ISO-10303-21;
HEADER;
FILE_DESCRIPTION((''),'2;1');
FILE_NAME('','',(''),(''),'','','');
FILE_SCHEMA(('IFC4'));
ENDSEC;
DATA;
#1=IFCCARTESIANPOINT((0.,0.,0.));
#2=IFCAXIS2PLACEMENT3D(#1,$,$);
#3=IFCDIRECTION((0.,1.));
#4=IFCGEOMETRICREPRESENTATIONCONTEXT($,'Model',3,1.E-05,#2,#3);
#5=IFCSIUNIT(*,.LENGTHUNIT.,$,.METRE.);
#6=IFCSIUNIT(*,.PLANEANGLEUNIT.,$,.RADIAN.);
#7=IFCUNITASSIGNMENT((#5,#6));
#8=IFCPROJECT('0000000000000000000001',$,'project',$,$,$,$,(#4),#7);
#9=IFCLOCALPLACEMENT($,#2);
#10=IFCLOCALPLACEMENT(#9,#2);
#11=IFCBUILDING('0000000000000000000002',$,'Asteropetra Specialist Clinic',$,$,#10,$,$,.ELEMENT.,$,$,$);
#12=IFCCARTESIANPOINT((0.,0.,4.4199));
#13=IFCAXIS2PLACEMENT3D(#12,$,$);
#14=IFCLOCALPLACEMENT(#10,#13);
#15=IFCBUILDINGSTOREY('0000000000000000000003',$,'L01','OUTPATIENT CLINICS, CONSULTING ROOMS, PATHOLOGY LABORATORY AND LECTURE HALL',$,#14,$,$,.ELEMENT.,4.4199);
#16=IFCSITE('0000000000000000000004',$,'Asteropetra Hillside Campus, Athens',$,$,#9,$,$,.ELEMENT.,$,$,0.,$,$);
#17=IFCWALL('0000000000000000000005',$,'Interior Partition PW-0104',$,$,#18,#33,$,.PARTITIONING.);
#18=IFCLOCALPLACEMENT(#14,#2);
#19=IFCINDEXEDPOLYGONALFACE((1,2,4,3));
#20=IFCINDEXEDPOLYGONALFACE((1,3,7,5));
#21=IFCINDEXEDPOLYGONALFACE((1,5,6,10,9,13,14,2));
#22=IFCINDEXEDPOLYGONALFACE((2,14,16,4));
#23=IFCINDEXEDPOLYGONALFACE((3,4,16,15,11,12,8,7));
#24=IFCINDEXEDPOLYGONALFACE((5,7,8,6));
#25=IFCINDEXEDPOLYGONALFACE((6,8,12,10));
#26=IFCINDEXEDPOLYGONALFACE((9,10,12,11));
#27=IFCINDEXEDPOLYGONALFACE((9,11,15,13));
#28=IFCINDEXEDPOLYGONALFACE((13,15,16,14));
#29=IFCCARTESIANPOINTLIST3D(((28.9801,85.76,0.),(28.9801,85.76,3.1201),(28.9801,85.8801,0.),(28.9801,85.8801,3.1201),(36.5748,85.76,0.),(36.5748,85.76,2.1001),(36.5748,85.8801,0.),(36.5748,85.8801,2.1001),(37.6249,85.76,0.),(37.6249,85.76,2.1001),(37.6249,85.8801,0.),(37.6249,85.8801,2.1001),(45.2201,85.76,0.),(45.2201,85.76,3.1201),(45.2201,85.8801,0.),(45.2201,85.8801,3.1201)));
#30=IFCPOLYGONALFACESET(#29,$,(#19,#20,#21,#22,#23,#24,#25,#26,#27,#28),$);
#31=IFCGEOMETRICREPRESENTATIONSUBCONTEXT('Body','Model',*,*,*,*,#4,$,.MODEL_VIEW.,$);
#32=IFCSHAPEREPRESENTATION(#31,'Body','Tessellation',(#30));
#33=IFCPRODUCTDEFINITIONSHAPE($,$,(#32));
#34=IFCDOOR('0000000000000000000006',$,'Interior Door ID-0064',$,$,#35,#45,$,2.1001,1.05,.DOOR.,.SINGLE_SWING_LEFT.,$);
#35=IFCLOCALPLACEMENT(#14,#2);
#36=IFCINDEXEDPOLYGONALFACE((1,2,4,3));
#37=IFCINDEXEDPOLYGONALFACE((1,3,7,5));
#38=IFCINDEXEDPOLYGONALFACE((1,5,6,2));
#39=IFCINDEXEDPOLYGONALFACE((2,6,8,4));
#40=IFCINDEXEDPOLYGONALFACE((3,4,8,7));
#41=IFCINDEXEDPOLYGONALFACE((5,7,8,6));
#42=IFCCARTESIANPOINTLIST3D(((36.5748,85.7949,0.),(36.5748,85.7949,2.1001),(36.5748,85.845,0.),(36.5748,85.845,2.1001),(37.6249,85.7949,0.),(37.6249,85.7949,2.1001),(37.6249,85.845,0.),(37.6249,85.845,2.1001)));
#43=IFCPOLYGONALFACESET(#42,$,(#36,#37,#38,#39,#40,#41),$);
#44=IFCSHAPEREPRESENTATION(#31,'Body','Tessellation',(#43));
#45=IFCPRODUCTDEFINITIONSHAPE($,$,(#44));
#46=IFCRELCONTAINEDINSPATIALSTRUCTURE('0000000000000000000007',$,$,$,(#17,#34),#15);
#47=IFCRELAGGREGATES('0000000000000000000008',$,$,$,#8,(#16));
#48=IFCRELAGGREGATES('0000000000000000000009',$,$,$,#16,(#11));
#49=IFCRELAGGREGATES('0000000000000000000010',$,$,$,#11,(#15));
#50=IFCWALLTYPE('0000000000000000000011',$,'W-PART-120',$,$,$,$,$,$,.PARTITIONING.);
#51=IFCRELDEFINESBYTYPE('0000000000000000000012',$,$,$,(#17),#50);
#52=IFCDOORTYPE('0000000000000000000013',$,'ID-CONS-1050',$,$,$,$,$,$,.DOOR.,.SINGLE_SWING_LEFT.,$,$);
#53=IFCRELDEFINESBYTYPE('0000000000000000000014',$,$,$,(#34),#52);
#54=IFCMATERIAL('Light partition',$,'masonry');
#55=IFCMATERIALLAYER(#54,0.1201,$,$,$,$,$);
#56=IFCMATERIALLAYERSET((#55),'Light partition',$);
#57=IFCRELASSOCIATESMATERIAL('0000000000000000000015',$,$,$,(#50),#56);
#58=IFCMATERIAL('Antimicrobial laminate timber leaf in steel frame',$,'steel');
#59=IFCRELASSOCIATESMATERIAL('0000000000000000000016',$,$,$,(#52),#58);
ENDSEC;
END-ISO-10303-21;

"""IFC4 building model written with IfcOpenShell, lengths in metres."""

from ifc_helpers import new_model, si_unit, direction, frame, frame_2d, origin, place, context, subcontext, project, spatial, rectangle, extrude, material, layer, layer_set, type_object, element, fill, save


model = new_model("IFC4")

# Units and contexts
model_context = context("Model", 3, precision=1e-05, world=origin(), true_north=direction((0.0, 1.0)))
body_context = subcontext(model_context, "Body", "Model", "MODEL_VIEW")
ifc_project = project(units=[si_unit("LENGTHUNIT", "METRE"), si_unit("PLANEANGLEUNIT", "RADIAN")], contexts=[model_context])

# Site, building, storey
site_placement = place(None, origin())
site = spatial("IfcSite", under=ifc_project, at=site_placement, Name="Asteropetra Hillside Campus, Athens", CompositionType="ELEMENT", RefElevation=0.0)
building_placement = place(site_placement, origin())
building = spatial("IfcBuilding", under=site, at=building_placement, Name="Asteropetra Specialist Clinic", CompositionType="ELEMENT")
storey_placement = place(building_placement, frame((0.0, 0.0, 4.4199)))
storey = spatial("IfcBuildingStorey", under=building, at=storey_placement, Name="L01", Description="OUTPATIENT CLINICS, CONSULTING ROOMS, PATHOLOGY LABORATORY AND LECTURE HALL", CompositionType="ELEMENT", Elevation=4.4199)

# Wall, opening, door
ifc_material_1 = material(Name="Light partition", Category="masonry")
ifc_layer_1 = layer(ifc_material_1, 0.1201)
ifc_layer_set_1 = layer_set([ifc_layer_1], Name="Light partition")
wall_type = type_object("IfcWallType", Name="W-PART-120", PredefinedType="PARTITIONING", material=ifc_layer_set_1)
wall_placement = place(storey_placement, frame((28.98, 85.8201, 0.0), z_axis=(0.0, 0.0, 1.0), x_axis=(1.0, 0.0, 0.0)))
wall = element("IfcWall", 1, at=wall_placement, inside=storey, type_object=wall_type, Name="Interior Partition PW-0104", PredefinedType="PARTITIONING", context=body_context, shape_type="SweptSolid", body=[
    extrude(rectangle(XDim=16.24, YDim=0.1201, at=frame_2d((8.1201, 0.0))), origin(), (0.0, 0.0, 1.0), 3.1201),
])
opening_placement = place(wall_placement, frame((7.595, 0.0, 0.0)))
opening = element("IfcOpeningElement", 2, at=opening_placement, cuts=wall, PredefinedType="OPENING", context=body_context, shape_type="SweptSolid", body=[
    extrude(rectangle(XDim=1.05, YDim=2.1001, at=frame_2d((0.5249, 1.05))), frame((0.0, 0.0701, 0.0), z_axis=(0.0, -1.0, 0.0), x_axis=(1.0, 0.0, 0.0)), (0.0, 0.0, 1.0), 0.1401),
])
ifc_material_2 = material(Name="Antimicrobial laminate timber leaf in steel frame", Category="steel")
door_type = type_object("IfcDoorType", Name="ID-CONS-1050", OperationType="SINGLE_SWING_LEFT", PredefinedType="DOOR", material=ifc_material_2)
door_placement = place(opening_placement, origin())
door = element("IfcDoor", 3, at=door_placement, inside=storey, type_object=door_type, Name="Interior Door ID-0064", OperationType="SINGLE_SWING_LEFT", OverallHeight=2.1001, OverallWidth=1.05, PredefinedType="DOOR", context=body_context, shape_type="SweptSolid", body=[
    extrude(rectangle(XDim=1.05, YDim=2.1001, at=frame_2d((0.5249, 1.05))), frame((0.0, 0.0249, 0.0), z_axis=(0.0, -1.0, 0.0), x_axis=(1.0, 0.0, 0.0)), (0.0, 0.0, 1.0), 0.05),
])
fill(opening, door)

save(model, "model.ifc")
